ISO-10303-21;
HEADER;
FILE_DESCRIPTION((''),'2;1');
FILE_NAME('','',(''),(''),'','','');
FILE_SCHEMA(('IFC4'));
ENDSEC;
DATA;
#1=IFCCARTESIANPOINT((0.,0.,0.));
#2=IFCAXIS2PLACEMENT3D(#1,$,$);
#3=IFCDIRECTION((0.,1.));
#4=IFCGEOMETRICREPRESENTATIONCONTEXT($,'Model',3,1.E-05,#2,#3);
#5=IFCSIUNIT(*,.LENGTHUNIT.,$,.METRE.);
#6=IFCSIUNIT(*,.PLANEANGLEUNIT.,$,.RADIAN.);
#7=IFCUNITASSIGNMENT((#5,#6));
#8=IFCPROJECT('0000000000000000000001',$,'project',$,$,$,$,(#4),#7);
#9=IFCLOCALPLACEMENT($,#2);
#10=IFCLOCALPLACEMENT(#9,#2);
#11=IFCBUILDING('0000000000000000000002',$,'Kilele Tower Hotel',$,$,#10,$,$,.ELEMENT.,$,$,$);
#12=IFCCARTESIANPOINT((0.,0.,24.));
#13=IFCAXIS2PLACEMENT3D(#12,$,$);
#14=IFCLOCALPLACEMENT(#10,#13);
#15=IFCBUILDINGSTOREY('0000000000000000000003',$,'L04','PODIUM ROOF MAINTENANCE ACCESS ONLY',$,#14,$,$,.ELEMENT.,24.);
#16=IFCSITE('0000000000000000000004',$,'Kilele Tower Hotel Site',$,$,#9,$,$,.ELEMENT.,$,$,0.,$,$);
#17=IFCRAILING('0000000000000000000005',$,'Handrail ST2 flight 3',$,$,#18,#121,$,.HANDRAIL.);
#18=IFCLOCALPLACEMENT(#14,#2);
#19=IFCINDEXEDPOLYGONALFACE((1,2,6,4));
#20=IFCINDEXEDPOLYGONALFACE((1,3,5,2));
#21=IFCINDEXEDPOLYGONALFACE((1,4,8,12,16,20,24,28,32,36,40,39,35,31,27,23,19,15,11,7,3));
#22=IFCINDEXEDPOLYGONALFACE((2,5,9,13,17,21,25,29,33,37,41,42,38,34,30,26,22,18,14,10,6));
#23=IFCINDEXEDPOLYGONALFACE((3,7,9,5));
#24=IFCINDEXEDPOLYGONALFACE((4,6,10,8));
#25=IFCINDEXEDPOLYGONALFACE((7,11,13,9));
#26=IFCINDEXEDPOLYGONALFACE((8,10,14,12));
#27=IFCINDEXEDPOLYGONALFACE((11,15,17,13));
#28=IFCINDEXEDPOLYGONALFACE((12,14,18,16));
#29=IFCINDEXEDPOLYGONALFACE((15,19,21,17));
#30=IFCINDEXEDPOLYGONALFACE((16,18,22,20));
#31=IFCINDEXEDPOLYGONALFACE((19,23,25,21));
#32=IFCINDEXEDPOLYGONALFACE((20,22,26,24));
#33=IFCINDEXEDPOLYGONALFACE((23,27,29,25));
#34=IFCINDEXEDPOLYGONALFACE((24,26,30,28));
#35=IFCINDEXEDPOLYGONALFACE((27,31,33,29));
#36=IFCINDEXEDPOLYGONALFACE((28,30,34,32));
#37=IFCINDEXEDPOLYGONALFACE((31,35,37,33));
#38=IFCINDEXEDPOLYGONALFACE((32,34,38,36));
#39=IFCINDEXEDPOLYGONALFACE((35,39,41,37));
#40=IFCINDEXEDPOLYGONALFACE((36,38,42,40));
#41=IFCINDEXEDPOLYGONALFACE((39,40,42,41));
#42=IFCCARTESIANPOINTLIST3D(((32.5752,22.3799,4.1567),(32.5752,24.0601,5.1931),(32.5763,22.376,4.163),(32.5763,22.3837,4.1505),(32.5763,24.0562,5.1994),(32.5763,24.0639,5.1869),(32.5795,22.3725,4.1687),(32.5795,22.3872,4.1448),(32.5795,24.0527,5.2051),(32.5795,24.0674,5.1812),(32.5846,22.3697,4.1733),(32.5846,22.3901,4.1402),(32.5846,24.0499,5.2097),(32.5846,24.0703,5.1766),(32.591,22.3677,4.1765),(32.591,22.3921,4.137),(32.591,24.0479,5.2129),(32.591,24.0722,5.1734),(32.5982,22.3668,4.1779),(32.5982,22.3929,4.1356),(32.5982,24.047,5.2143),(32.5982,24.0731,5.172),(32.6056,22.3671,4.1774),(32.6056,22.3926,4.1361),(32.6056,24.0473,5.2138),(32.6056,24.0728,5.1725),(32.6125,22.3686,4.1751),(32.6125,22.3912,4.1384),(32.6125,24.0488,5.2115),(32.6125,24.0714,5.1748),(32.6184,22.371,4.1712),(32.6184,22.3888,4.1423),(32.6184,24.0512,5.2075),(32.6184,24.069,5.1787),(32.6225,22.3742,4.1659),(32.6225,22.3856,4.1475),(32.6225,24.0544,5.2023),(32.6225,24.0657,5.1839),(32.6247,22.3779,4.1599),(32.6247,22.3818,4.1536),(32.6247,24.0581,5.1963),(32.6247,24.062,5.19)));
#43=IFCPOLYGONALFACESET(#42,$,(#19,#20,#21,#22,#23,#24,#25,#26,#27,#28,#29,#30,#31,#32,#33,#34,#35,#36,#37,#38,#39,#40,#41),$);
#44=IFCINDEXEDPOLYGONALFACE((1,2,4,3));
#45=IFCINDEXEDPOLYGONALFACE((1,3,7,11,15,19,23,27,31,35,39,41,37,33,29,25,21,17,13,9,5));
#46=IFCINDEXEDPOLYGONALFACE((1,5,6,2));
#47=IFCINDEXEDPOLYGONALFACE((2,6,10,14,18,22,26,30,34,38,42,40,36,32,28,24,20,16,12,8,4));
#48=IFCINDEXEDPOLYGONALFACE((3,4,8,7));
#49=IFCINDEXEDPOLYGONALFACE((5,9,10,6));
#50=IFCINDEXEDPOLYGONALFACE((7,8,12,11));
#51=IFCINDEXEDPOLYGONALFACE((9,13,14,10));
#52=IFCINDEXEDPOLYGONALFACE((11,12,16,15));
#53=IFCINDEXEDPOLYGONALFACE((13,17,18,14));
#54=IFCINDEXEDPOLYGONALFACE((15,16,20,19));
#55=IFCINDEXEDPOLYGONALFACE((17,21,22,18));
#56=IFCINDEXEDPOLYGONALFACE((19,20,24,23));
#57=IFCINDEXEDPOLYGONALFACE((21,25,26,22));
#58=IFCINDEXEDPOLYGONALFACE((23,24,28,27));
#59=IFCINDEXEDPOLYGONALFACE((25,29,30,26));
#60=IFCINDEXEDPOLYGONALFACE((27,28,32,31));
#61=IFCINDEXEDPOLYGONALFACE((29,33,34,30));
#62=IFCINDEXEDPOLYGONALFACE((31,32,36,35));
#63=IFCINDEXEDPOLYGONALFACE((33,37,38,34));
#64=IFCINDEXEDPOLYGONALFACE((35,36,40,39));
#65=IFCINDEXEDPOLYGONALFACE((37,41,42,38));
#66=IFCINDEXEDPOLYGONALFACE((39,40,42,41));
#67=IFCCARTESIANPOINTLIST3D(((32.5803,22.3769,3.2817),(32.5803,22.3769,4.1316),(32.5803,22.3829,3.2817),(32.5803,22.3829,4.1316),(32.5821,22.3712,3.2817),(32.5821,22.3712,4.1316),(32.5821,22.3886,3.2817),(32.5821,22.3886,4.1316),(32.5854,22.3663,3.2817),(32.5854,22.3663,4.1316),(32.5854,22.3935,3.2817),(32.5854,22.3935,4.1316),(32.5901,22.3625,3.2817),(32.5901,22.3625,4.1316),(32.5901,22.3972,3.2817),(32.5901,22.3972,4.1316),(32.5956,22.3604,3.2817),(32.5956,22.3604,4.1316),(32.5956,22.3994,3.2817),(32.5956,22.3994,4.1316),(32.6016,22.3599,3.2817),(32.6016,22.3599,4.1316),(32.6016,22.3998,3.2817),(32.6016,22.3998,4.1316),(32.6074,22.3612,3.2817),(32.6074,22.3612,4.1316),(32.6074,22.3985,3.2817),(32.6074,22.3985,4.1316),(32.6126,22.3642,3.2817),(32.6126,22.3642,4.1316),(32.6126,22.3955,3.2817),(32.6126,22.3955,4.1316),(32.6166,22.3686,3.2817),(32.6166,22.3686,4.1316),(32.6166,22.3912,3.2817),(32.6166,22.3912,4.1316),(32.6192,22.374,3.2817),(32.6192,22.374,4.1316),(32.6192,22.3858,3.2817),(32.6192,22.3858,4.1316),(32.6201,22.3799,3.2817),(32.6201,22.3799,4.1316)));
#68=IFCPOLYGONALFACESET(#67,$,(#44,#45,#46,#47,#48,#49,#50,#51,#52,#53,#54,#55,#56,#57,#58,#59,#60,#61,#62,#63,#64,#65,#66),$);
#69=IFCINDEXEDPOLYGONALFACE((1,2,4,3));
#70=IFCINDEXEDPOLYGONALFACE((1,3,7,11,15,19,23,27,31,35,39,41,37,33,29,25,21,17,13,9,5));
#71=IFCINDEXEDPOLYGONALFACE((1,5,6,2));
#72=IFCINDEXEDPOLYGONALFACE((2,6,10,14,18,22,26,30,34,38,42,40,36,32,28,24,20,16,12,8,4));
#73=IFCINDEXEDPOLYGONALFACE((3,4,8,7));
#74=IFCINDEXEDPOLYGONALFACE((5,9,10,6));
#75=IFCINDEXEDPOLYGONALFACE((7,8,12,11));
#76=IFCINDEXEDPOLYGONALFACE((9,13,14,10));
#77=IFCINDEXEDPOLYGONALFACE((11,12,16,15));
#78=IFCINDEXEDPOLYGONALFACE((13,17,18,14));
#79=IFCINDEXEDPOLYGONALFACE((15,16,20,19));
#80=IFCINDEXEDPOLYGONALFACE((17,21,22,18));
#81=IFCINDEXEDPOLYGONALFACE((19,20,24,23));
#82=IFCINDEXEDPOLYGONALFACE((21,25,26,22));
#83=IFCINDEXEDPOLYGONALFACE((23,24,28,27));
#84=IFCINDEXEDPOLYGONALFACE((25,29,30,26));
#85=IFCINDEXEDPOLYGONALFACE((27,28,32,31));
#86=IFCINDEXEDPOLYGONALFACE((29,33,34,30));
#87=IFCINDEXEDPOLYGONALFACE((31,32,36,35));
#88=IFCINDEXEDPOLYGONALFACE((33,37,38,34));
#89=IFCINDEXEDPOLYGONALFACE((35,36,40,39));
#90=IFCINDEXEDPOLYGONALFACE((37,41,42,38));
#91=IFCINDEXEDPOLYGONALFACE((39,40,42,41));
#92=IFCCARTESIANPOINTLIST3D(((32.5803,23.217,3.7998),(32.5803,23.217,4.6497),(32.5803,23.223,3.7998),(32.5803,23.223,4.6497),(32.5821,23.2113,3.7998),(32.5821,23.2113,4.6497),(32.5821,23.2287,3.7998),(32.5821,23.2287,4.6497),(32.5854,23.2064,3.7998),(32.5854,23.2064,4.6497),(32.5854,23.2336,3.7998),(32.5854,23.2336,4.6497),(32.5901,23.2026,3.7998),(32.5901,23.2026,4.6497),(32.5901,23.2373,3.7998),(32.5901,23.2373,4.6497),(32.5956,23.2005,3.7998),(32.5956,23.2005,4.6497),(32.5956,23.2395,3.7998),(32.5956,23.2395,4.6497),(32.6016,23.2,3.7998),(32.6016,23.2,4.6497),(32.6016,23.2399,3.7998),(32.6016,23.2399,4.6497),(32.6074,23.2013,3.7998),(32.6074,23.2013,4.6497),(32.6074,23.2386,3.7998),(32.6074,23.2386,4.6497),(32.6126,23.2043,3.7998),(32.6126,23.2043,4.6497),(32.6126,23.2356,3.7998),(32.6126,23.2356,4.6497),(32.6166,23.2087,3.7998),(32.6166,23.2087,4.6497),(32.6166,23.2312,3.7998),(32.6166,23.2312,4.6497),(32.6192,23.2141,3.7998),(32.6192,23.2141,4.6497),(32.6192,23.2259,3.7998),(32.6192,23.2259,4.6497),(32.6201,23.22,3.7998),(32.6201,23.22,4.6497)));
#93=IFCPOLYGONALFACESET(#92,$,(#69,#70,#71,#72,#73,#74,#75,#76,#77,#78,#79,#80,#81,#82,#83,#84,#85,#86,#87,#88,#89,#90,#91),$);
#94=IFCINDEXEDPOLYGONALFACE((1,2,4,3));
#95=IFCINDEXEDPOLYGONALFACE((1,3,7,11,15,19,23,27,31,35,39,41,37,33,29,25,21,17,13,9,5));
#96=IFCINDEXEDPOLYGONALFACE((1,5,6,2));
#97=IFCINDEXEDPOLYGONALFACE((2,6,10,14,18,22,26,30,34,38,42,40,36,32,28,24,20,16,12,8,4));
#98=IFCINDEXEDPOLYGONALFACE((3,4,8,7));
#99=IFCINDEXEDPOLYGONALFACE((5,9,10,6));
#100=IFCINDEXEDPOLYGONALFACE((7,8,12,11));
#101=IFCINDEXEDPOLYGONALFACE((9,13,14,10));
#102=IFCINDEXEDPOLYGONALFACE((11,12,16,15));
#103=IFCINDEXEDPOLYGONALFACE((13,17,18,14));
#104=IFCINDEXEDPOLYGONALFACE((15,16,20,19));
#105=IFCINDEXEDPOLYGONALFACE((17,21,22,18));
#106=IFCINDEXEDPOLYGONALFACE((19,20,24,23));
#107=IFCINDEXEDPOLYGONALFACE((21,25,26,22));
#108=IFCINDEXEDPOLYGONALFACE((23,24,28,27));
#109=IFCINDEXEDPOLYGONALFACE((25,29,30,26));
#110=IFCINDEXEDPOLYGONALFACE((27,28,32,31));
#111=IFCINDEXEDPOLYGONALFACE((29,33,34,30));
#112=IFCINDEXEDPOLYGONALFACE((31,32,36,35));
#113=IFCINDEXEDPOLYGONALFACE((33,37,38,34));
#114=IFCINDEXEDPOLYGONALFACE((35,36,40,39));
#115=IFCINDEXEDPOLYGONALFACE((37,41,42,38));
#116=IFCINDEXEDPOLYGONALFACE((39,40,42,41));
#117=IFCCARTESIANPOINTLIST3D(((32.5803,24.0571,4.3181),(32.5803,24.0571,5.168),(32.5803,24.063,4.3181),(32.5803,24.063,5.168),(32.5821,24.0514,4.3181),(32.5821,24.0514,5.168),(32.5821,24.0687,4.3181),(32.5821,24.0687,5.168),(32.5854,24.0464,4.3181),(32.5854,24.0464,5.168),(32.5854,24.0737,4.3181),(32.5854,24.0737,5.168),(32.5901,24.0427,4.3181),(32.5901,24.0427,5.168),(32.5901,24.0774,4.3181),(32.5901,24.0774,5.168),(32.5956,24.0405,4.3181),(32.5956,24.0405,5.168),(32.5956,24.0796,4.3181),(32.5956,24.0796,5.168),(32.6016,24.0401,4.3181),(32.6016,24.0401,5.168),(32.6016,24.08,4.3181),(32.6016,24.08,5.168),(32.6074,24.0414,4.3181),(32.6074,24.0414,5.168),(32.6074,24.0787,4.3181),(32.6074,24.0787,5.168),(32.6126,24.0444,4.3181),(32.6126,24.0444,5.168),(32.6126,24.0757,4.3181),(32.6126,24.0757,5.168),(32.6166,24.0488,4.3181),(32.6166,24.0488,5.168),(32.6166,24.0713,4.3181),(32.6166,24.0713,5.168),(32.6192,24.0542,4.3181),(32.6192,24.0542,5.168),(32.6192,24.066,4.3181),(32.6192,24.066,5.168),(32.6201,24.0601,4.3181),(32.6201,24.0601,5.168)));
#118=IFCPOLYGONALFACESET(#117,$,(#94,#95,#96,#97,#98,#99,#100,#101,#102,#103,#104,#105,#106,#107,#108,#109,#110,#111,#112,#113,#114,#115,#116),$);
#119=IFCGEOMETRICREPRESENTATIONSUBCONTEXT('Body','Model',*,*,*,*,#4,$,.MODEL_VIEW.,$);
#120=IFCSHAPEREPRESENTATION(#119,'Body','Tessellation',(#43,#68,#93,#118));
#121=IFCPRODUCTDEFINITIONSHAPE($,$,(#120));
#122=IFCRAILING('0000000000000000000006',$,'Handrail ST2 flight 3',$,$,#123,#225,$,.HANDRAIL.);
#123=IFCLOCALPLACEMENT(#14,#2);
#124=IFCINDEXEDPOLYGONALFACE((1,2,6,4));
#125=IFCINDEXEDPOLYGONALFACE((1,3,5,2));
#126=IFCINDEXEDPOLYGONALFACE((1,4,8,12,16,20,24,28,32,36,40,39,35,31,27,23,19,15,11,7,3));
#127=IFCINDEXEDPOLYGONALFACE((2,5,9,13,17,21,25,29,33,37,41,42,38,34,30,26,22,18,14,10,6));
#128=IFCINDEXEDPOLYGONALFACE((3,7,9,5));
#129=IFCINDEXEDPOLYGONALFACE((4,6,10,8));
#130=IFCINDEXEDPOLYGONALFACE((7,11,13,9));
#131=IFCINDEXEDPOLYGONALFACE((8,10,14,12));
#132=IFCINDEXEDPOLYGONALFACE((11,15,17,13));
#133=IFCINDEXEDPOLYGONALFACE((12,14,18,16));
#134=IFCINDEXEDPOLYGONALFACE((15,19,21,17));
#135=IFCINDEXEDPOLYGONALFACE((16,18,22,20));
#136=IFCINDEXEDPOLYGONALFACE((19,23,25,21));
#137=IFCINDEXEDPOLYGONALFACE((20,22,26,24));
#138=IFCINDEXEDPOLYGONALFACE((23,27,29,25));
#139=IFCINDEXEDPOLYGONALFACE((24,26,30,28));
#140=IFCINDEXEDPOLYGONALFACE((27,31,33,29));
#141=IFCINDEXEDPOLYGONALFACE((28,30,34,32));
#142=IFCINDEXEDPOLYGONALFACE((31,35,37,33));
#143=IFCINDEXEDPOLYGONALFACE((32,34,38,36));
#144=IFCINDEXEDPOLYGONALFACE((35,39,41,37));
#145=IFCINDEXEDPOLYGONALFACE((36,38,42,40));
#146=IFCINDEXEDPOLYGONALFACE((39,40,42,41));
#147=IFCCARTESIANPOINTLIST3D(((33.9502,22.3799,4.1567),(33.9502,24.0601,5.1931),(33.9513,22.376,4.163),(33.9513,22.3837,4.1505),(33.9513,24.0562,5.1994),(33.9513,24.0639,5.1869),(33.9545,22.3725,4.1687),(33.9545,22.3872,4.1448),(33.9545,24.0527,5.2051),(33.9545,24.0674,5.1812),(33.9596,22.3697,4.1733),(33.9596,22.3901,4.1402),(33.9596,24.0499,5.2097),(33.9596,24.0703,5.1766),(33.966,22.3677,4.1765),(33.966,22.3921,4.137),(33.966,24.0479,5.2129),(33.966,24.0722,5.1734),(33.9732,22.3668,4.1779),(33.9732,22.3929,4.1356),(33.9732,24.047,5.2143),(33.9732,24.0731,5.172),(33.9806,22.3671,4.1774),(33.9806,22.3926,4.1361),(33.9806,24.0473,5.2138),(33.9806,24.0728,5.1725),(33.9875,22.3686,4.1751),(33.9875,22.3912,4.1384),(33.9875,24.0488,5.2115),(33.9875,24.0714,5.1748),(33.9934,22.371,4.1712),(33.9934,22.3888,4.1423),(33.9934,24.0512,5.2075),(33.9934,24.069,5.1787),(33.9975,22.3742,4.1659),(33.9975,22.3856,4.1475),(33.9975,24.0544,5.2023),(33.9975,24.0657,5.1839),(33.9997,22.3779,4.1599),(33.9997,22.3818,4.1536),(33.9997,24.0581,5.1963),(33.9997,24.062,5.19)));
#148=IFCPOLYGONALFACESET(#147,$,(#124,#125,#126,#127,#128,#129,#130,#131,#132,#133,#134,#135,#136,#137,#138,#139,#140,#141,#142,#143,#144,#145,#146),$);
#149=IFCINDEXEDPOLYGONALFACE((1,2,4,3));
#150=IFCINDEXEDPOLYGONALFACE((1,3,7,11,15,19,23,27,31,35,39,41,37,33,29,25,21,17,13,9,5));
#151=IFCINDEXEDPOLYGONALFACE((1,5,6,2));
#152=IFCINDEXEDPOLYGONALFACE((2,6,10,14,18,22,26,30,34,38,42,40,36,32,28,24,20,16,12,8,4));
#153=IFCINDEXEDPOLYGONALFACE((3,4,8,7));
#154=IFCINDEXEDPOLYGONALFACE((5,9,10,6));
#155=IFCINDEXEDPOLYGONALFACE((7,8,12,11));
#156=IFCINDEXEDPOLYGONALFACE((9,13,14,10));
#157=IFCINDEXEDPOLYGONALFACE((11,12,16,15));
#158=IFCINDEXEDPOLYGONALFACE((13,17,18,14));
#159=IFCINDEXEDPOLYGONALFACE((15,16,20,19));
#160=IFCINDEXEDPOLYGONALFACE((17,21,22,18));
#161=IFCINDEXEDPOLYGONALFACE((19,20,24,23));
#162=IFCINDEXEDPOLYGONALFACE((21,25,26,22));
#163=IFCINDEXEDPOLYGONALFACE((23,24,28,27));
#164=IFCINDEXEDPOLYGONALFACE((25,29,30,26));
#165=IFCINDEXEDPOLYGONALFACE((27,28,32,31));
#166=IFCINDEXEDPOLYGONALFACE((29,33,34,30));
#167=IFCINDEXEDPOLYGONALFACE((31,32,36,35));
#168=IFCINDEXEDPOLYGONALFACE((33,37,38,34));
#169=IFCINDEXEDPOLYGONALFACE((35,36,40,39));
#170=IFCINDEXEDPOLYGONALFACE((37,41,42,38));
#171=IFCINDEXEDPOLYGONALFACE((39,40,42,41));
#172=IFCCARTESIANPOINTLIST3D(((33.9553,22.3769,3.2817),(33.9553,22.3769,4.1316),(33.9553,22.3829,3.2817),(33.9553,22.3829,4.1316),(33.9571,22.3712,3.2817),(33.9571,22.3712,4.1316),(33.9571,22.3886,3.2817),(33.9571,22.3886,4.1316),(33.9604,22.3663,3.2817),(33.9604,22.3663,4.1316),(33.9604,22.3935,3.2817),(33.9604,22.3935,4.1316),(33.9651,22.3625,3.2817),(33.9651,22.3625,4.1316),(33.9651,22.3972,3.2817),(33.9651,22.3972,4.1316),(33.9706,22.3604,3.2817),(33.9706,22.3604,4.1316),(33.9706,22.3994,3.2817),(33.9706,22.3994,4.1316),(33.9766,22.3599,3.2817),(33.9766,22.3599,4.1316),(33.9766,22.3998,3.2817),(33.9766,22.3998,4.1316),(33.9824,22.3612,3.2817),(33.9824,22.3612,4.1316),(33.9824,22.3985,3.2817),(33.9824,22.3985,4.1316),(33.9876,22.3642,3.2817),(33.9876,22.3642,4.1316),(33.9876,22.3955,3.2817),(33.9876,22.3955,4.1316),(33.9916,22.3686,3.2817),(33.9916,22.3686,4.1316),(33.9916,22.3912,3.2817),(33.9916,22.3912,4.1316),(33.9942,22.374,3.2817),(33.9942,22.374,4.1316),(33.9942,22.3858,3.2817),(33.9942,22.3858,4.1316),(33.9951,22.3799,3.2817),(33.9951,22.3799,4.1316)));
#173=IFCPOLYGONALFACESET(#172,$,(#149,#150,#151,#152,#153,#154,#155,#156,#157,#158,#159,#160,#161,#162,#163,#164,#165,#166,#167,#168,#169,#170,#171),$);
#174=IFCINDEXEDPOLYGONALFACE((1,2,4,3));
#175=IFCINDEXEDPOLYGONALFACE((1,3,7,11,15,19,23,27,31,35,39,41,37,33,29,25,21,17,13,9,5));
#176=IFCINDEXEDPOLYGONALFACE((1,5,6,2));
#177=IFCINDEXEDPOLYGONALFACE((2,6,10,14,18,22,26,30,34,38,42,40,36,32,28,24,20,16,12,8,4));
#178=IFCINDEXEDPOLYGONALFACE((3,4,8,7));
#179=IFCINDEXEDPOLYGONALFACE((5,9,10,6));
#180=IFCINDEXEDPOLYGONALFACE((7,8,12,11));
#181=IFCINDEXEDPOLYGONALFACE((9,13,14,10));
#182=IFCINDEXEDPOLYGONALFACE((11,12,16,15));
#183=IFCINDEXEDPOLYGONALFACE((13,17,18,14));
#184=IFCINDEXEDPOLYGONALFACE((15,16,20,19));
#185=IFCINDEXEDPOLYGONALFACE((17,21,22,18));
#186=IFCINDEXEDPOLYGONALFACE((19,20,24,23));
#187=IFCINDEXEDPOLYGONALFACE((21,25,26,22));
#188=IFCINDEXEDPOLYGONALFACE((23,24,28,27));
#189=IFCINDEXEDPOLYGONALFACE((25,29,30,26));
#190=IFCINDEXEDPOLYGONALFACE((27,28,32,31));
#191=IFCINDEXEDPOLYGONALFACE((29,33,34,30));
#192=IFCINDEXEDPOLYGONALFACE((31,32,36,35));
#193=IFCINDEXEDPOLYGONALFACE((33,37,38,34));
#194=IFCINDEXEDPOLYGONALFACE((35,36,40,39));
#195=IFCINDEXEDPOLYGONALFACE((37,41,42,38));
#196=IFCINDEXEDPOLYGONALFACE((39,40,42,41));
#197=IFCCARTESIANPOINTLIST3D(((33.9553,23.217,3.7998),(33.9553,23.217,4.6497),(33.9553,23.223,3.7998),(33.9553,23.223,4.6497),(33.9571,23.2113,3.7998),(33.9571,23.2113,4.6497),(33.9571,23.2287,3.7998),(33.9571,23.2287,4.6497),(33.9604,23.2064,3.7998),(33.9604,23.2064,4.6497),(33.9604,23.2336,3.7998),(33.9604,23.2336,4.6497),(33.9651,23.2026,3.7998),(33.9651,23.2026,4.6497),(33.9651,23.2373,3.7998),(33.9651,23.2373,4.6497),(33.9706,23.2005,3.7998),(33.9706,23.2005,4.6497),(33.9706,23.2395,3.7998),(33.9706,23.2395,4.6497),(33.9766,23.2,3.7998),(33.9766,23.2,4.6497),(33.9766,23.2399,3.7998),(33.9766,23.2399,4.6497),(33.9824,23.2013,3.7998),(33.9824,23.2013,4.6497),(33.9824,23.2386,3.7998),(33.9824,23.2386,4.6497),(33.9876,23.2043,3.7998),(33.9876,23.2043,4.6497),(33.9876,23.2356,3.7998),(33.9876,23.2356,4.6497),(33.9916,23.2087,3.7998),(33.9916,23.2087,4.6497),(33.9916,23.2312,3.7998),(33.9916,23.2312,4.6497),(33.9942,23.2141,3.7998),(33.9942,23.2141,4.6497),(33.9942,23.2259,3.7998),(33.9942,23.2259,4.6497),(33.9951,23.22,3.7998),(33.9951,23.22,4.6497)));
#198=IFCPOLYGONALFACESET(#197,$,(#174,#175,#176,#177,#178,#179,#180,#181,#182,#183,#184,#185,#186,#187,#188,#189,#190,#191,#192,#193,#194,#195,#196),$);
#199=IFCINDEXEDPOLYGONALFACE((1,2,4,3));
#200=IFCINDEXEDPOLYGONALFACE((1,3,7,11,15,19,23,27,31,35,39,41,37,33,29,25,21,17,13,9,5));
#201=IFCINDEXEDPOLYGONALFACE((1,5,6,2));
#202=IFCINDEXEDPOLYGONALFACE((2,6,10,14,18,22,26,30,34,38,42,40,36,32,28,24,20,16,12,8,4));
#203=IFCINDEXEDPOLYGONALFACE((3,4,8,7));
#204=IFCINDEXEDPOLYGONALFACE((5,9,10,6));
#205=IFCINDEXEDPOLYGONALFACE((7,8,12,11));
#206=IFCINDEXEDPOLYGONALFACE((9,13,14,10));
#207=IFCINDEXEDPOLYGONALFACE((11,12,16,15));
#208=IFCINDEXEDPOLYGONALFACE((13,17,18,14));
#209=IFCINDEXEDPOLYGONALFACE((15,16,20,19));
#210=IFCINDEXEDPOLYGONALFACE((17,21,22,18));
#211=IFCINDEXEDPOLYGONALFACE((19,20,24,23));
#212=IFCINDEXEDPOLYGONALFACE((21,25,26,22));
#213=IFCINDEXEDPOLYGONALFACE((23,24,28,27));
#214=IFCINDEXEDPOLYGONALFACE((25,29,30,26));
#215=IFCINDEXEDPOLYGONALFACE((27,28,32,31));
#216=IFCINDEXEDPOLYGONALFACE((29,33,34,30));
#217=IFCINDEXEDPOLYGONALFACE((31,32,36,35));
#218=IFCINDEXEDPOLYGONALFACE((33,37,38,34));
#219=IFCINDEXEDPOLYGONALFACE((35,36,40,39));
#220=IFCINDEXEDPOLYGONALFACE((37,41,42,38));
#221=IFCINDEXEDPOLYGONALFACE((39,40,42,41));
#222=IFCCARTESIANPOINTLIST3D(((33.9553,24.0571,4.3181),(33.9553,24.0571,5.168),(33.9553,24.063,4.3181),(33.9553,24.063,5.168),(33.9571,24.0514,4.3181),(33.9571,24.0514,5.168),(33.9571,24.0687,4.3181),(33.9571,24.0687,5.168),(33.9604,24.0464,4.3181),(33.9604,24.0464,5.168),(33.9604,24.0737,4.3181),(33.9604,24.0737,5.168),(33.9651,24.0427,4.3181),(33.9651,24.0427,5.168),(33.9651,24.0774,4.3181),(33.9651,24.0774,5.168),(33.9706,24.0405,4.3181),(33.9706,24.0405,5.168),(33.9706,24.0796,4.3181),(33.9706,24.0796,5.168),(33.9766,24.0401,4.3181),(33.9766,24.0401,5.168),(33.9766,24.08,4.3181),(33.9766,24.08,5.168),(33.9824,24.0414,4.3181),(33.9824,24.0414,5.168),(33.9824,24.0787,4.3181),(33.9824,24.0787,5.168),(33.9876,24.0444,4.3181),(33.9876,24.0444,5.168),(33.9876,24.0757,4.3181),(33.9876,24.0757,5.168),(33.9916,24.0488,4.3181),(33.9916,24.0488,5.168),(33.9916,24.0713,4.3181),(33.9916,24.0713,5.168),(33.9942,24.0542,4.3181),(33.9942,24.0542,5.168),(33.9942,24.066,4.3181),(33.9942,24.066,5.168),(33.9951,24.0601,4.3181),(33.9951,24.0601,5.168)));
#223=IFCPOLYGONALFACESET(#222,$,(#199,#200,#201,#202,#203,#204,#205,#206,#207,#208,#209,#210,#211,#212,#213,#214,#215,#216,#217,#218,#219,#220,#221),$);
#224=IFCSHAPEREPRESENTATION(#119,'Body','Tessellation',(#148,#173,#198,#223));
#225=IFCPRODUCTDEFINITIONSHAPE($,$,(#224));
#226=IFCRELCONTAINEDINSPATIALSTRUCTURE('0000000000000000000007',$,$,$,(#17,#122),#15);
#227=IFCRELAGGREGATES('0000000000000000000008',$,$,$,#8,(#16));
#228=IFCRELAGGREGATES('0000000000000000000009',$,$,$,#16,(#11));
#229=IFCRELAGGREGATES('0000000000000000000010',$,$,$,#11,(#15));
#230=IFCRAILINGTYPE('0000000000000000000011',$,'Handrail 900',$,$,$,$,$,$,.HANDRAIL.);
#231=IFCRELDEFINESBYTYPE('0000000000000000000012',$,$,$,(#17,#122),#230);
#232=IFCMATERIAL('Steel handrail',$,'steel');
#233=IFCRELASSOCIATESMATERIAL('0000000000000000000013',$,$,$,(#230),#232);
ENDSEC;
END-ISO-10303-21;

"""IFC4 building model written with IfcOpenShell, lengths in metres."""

from ifc_helpers import new_model, si_unit, direction, frame, origin, origin_2d, place, context, subcontext, project, spatial, circle, extrude, material, type_object, element, save


model = new_model("IFC4")

# Units and contexts
model_context = context("Model", 3, precision=1e-05, world=origin(), true_north=direction((0.0, 1.0)))
body_context = subcontext(model_context, "Body", "Model", "MODEL_VIEW")
ifc_project = project(units=[si_unit("LENGTHUNIT", "METRE"), si_unit("PLANEANGLEUNIT", "RADIAN")], contexts=[model_context])

# Site, building, storey
site_placement = place(None, origin())
site = spatial("IfcSite", under=ifc_project, at=site_placement, Name="Kilele Tower Hotel Site", CompositionType="ELEMENT", RefElevation=0.0)
building_placement = place(site_placement, origin())
building = spatial("IfcBuilding", under=site, at=building_placement, Name="Kilele Tower Hotel", CompositionType="ELEMENT")
storey_placement = place(building_placement, frame((0.0, 0.0, 24.0)))
storey = spatial("IfcBuildingStorey", under=building, at=storey_placement, Name="L04", Description="PODIUM ROOF MAINTENANCE ACCESS ONLY", CompositionType="ELEMENT", Elevation=24.0)

# Railings
ifc_material_1 = material(Name="Steel handrail", Category="steel")
railing_type_1 = type_object("IfcRailingType", Name="Handrail 900", PredefinedType="HANDRAIL", material=ifc_material_1)
for number, where, name in (
    (1, (32.6001, 22.3799, 3.2817), "Handrail ST2 flight 3"),
    (2, (33.9751, 22.3799, 3.2817), "Handrail ST2 flight 3"),
):
    element("IfcRailing", number, at=place(storey_placement, frame(where)), inside=storey, type_object=railing_type_1, Name=name, PredefinedType="HANDRAIL", context=body_context, shape_type="SweptSolid", body=[
        extrude(circle(Radius=0.0249, at=origin_2d()), frame((0.0, 0.0, 0.875), z_axis=(0.0, 0.85111, 0.524987), x_axis=(-1.0, 0.0, 0.0)), (0.0, 0.0, 1.0), 1.9741),
        extrude(circle(Radius=0.02, at=origin_2d()), origin(), (0.0, 0.0, 1.0), 0.8499),
        extrude(circle(Radius=0.02, at=origin_2d()), frame((0.0, 0.8401, 0.5181)), (0.0, 0.0, 1.0), 0.8499),
        extrude(circle(Radius=0.02, at=origin_2d()), frame((0.0, 1.6802, 1.0364)), (0.0, 0.0, 1.0), 0.8499),
    ])

save(model, "model.ifc")
